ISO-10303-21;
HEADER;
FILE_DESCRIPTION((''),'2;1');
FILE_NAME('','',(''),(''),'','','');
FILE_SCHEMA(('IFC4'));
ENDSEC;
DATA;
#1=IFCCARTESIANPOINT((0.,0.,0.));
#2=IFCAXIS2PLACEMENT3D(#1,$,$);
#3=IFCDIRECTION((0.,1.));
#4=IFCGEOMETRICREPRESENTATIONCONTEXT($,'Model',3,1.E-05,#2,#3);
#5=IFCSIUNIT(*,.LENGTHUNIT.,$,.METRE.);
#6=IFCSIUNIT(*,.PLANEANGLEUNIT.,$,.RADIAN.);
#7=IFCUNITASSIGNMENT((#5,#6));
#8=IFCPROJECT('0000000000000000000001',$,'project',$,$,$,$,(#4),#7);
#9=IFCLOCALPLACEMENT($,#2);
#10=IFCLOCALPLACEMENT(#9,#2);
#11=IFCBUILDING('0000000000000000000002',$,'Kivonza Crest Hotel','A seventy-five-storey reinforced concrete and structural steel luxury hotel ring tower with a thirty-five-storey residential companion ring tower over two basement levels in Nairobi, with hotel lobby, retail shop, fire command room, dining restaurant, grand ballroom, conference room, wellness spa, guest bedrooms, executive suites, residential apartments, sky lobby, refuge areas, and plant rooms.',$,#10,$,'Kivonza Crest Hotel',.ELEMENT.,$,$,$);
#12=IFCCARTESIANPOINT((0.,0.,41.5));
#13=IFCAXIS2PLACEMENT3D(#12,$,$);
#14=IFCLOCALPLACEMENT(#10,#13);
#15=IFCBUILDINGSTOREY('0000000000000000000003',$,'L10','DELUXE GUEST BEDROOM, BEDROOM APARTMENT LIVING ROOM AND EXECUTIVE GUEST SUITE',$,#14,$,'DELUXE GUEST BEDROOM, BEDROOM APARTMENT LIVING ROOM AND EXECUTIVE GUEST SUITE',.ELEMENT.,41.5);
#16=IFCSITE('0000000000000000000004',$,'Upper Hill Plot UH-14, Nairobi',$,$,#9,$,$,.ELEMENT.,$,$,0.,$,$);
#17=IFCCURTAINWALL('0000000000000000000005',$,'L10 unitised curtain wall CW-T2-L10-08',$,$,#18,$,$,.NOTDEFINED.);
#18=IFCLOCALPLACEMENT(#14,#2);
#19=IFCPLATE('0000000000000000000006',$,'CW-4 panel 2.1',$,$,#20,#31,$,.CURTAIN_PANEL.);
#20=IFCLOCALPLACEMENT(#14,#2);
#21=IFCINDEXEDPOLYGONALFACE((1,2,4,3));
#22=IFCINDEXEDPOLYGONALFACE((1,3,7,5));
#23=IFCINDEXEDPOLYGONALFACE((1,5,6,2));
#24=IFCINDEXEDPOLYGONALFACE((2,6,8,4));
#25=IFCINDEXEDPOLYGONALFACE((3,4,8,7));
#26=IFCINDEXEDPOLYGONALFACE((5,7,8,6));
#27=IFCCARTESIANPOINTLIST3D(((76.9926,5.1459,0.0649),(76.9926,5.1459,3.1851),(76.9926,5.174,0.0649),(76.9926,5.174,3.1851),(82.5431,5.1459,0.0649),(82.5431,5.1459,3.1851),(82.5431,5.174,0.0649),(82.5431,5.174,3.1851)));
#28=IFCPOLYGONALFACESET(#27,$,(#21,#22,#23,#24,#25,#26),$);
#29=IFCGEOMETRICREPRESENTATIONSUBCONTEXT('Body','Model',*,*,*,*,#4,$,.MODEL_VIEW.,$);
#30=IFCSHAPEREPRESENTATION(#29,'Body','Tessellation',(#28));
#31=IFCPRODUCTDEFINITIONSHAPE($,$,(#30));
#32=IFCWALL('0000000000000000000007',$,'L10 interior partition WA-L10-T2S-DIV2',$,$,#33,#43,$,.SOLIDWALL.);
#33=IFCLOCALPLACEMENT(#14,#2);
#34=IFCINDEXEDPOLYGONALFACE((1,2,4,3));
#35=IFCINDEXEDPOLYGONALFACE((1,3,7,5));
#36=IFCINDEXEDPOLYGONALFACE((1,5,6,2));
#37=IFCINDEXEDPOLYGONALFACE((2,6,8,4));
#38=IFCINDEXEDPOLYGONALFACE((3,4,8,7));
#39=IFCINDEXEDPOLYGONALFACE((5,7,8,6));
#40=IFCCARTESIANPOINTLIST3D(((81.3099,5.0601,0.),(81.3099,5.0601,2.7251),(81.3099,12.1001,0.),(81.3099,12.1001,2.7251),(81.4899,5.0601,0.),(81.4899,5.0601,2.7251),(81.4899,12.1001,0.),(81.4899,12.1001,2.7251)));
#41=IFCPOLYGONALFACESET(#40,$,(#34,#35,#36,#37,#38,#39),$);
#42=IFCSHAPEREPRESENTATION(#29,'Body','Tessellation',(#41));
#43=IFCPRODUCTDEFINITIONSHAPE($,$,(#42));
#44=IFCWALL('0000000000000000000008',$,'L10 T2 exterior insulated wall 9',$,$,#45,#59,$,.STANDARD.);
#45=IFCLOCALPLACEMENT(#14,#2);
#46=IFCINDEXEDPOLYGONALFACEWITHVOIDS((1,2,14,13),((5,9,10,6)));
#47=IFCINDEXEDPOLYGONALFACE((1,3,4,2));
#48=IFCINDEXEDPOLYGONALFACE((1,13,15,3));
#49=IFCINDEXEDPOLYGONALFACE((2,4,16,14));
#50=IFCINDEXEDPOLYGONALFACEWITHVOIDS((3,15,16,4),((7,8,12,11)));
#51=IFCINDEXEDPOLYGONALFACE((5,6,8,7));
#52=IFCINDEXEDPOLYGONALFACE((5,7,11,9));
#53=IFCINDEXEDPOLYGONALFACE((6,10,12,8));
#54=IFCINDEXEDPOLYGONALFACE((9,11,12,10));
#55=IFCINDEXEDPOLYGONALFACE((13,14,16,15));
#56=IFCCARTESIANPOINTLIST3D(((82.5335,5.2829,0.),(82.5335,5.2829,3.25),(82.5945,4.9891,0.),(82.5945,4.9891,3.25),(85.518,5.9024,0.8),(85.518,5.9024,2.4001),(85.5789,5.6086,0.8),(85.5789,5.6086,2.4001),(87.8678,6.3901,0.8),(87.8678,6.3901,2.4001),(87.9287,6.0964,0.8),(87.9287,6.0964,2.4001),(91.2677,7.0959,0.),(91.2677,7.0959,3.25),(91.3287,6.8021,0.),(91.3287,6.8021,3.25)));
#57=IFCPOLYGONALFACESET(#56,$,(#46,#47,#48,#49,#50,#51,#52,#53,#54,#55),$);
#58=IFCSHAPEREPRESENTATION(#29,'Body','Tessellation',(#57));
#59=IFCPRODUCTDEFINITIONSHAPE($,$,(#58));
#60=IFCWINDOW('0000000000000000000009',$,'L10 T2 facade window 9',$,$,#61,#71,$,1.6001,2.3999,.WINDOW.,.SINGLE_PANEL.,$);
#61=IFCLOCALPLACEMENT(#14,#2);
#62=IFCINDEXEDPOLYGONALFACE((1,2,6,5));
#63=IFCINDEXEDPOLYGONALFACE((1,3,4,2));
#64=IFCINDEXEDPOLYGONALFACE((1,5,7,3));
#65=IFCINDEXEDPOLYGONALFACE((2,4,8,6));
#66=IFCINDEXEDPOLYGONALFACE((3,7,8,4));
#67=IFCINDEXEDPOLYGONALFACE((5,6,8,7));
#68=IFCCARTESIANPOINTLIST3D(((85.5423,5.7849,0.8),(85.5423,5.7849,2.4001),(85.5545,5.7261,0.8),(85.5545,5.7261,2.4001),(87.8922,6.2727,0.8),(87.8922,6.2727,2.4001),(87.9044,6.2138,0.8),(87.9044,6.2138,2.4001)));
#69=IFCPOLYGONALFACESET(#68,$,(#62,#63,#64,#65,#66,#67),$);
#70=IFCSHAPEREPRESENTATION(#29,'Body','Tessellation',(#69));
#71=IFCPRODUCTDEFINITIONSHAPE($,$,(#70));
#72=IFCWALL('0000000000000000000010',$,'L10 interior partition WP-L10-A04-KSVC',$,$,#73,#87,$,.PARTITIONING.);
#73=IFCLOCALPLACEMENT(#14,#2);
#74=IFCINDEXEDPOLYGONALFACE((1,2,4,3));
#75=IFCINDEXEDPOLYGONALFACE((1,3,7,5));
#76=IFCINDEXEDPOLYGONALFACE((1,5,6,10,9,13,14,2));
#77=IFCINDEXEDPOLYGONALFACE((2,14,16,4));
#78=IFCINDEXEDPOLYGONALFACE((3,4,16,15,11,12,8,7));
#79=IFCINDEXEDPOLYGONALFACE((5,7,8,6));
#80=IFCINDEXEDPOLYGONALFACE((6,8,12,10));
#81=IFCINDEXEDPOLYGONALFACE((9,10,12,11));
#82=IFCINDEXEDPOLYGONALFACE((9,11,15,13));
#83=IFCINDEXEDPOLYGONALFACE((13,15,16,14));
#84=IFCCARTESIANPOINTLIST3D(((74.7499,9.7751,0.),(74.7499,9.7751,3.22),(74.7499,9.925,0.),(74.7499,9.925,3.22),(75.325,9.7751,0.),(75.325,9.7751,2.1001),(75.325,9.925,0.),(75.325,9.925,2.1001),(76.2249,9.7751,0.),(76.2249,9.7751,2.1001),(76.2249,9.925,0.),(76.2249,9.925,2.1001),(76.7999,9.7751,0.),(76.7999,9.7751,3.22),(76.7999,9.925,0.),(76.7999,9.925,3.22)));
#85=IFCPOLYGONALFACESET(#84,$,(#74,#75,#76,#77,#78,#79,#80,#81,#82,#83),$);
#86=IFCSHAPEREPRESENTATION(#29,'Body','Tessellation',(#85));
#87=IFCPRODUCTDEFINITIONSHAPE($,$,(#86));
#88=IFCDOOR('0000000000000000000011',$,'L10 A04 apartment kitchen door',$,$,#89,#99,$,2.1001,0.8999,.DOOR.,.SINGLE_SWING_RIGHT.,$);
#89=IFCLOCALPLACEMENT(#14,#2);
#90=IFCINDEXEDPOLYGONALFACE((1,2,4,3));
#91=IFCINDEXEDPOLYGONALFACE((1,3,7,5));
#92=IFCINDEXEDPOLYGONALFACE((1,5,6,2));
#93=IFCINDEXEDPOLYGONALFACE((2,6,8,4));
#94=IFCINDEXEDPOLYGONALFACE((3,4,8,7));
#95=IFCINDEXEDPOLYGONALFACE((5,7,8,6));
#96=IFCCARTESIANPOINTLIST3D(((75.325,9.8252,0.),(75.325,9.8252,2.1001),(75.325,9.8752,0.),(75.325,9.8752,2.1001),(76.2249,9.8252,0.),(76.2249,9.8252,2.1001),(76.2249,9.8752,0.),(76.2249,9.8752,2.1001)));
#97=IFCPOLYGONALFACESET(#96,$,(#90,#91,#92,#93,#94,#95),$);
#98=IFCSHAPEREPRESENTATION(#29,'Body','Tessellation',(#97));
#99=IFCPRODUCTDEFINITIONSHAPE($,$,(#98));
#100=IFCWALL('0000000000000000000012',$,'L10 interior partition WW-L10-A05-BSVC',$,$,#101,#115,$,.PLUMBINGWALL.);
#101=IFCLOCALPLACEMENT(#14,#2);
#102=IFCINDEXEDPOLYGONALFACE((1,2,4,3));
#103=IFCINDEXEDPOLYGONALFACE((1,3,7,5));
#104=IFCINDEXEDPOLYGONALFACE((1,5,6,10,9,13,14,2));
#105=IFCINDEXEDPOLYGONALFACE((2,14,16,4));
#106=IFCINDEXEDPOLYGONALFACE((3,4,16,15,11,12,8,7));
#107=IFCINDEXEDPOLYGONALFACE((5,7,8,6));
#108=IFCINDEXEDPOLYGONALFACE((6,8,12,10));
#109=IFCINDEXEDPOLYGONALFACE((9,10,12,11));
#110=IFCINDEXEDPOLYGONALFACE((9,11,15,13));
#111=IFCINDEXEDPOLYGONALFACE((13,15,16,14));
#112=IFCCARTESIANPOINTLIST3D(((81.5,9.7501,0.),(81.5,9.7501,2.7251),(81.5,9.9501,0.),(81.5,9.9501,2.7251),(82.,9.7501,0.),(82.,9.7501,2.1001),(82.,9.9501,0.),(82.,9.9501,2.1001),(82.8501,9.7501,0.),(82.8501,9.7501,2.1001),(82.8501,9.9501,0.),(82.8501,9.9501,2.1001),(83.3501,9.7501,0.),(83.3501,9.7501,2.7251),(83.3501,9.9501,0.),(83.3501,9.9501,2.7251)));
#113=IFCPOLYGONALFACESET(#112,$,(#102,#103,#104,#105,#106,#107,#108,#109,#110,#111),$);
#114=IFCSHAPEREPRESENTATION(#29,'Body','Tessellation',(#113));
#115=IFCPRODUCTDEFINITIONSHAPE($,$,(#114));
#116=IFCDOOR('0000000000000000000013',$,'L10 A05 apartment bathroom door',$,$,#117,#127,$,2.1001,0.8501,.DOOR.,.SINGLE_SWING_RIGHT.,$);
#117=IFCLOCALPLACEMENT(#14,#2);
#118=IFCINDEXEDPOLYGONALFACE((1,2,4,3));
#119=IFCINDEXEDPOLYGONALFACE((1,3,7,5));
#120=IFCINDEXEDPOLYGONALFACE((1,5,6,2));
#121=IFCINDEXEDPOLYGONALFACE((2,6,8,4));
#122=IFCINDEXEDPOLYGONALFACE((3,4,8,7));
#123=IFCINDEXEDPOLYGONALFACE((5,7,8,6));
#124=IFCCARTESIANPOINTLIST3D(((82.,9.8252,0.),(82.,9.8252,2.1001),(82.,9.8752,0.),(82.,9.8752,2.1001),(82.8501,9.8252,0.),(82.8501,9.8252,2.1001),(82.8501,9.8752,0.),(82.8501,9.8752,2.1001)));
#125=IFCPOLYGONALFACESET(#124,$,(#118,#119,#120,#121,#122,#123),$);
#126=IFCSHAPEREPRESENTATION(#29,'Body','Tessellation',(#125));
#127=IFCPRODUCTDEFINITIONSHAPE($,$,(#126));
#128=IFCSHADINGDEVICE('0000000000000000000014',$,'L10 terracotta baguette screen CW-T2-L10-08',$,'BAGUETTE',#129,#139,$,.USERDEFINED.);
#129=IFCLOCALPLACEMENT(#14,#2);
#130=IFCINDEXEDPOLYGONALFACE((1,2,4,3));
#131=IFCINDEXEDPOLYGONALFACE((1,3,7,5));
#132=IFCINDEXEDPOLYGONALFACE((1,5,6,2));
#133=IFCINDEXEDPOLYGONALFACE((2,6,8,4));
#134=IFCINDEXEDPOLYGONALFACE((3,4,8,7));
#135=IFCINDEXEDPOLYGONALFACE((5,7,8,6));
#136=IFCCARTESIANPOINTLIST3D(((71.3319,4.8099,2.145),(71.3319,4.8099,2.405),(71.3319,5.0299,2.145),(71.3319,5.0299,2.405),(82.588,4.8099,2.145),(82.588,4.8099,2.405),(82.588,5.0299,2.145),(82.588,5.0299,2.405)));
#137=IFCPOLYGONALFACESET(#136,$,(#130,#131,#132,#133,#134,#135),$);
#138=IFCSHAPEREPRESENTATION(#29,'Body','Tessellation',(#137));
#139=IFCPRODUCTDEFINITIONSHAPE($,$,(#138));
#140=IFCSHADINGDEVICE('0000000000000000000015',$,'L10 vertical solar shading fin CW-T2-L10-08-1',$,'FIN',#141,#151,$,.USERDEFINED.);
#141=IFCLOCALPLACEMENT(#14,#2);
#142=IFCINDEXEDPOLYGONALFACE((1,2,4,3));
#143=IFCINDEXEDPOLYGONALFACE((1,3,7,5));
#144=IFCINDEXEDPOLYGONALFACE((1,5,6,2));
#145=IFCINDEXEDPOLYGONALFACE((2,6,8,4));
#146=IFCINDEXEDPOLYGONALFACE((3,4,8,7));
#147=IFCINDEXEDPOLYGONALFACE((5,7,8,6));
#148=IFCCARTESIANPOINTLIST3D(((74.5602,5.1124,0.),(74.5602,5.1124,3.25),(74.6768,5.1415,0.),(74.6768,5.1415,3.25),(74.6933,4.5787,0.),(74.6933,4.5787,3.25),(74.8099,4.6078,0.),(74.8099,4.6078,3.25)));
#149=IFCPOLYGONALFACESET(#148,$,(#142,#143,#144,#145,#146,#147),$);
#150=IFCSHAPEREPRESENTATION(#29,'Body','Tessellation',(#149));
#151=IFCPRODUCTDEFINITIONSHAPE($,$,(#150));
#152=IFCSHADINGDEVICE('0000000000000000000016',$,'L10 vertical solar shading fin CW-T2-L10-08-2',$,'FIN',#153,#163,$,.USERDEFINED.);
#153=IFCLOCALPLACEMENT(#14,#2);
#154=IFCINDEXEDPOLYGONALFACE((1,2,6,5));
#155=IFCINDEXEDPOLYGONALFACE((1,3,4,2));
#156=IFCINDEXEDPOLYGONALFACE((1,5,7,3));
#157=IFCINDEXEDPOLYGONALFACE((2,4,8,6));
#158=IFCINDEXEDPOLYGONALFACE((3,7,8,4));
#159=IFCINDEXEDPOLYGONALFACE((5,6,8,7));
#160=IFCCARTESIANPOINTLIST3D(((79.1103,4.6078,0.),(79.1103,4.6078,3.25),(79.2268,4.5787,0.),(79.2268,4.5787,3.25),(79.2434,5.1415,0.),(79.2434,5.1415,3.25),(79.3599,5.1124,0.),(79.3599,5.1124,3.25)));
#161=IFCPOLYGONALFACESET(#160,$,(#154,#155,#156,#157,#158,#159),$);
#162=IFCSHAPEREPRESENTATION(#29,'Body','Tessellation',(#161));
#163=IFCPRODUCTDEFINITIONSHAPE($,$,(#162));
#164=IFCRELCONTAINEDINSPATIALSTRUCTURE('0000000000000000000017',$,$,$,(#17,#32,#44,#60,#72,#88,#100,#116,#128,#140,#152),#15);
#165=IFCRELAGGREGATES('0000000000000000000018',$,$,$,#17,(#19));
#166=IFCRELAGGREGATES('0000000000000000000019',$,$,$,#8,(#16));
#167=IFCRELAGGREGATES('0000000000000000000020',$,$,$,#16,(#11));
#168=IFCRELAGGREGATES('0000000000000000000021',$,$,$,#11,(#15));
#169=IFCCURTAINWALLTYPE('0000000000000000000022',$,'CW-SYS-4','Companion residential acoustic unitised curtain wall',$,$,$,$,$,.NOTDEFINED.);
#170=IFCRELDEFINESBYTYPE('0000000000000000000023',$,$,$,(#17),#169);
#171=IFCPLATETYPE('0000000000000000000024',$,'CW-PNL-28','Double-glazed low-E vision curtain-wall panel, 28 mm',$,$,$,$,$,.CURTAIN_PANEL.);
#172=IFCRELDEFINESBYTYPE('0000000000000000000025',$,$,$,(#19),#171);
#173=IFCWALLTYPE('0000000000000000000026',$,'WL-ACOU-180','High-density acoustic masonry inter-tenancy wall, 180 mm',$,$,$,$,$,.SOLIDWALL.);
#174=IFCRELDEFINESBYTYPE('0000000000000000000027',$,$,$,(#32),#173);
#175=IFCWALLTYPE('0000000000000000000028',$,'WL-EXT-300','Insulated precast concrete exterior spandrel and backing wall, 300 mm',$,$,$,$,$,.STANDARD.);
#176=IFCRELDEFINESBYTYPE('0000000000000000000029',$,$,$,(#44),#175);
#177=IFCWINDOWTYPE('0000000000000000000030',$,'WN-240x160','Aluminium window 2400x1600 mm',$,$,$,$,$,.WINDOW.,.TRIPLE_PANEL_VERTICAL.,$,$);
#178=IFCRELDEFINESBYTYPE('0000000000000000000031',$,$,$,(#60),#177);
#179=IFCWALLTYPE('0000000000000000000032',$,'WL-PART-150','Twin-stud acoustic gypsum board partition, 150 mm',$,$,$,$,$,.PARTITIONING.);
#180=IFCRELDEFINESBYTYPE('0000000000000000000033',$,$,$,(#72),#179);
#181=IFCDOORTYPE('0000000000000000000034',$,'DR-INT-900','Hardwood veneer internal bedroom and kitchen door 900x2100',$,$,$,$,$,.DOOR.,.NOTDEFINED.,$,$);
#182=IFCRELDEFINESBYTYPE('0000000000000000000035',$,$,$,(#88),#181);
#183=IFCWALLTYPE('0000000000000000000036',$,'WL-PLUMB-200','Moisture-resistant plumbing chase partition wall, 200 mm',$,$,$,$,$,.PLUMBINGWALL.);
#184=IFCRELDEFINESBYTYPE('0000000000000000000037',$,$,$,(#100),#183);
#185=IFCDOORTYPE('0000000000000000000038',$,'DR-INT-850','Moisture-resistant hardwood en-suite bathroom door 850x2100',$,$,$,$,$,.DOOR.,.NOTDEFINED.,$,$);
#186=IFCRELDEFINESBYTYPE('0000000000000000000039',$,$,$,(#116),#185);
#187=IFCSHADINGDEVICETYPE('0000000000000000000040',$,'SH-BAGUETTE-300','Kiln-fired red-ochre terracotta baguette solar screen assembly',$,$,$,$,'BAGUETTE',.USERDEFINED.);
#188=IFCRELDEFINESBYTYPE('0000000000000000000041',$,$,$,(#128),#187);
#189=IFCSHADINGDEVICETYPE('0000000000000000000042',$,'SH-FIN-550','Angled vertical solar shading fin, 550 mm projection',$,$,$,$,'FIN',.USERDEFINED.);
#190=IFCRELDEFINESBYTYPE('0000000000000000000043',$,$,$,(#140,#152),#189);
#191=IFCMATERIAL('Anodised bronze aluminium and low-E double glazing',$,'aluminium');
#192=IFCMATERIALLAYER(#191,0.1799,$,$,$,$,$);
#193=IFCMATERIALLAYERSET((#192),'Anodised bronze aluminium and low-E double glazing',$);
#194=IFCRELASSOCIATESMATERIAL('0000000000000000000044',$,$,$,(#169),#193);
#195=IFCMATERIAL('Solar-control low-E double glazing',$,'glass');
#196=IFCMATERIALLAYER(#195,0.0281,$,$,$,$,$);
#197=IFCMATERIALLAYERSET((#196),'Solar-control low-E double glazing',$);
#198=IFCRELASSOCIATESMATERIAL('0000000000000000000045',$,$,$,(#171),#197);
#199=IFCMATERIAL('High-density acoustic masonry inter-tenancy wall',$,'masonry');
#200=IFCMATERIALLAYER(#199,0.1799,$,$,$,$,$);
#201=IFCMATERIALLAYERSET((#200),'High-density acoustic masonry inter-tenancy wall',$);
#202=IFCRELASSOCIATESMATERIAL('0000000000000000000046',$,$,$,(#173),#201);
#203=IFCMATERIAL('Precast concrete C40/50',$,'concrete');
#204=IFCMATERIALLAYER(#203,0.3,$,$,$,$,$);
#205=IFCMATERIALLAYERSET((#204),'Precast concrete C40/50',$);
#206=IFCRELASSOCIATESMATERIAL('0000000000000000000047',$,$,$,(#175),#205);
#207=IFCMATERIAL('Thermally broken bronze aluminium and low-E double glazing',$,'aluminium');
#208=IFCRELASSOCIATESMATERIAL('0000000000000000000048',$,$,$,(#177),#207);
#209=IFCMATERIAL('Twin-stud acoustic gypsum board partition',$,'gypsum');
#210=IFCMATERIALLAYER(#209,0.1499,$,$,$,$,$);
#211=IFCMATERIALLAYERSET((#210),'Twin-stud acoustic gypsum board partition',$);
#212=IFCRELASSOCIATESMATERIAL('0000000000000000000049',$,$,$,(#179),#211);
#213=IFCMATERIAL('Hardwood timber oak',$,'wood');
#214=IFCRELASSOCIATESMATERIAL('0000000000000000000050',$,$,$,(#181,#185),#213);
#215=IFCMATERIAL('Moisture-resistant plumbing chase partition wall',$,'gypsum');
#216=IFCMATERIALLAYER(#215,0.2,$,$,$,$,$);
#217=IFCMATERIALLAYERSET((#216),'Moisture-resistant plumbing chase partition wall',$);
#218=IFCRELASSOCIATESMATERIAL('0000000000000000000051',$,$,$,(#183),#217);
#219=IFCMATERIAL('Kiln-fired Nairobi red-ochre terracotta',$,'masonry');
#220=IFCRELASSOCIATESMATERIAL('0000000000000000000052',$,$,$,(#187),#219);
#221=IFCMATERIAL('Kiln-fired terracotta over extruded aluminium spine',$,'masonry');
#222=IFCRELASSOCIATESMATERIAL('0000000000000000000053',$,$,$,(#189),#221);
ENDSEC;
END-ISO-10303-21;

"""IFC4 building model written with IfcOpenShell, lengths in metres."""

from ifc_helpers import new_model, si_unit, direction, frame, frame_2d, origin, origin_2d, place, context, subcontext, project, spatial, rectangle, extrude, material, layer, layer_set, type_object, element, fill, aggregate, save


model = new_model("IFC4")

# Units and contexts
model_context = context("Model", 3, precision=1e-05, world=origin(), true_north=direction((0.0, 1.0)))
body_context = subcontext(model_context, "Body", "Model", "MODEL_VIEW")
ifc_project = project(units=[si_unit("LENGTHUNIT", "METRE"), si_unit("PLANEANGLEUNIT", "RADIAN")], contexts=[model_context])

# Site, building, storey
site_placement = place(None, origin())
site = spatial("IfcSite", under=ifc_project, at=site_placement, Name="Upper Hill Plot UH-14, Nairobi", CompositionType="ELEMENT", RefElevation=0.0)
building_placement = place(site_placement, origin())
building = spatial("IfcBuilding", under=site, at=building_placement, Name="Kivonza Crest Hotel", Description="A seventy-five-storey reinforced concrete and structural steel luxury hotel ring tower with a thirty-five-storey residential companion ring tower over two basement levels in Nairobi, with hotel lobby, retail shop, fire command room, dining restaurant, grand ballroom, conference room, wellness spa, guest bedrooms, executive suites, residential apartments, sky lobby, refuge areas, and plant rooms.", LongName="Kivonza Crest Hotel", CompositionType="ELEMENT")
storey_placement = place(building_placement, frame((0.0, 0.0, 41.5)))
storey = spatial("IfcBuildingStorey", under=building, at=storey_placement, Name="L10", Description="DELUXE GUEST BEDROOM, BEDROOM APARTMENT LIVING ROOM AND EXECUTIVE GUEST SUITE", LongName="DELUXE GUEST BEDROOM, BEDROOM APARTMENT LIVING ROOM AND EXECUTIVE GUEST SUITE", CompositionType="ELEMENT", Elevation=41.5)

# Curtain wall, plate
ifc_material_1 = material(Name="Anodised bronze aluminium and low-E double glazing", Category="aluminium")
ifc_layer_1 = layer(ifc_material_1, 0.1799)
ifc_layer_set_1 = layer_set([ifc_layer_1], Name="Anodised bronze aluminium and low-E double glazing")
curtain_wall_type = type_object("IfcCurtainWallType", Name="CW-SYS-4", Description="Companion residential acoustic unitised curtain wall", PredefinedType="NOTDEFINED", material=ifc_layer_set_1)
curtain_wall_placement = place(storey_placement, origin())
curtain_wall = element("IfcCurtainWall", 1, at=curtain_wall_placement, inside=storey, type_object=curtain_wall_type, Name="L10 unitised curtain wall CW-T2-L10-08", PredefinedType="NOTDEFINED")
ifc_material_2 = material(Name="Solar-control low-E double glazing", Category="glass")
ifc_layer_2 = layer(ifc_material_2, 0.0281)
ifc_layer_set_2 = layer_set([ifc_layer_2], Name="Solar-control low-E double glazing")
plate_type = type_object("IfcPlateType", Name="CW-PNL-28", Description="Double-glazed low-E vision curtain-wall panel, 28 mm", PredefinedType="CURTAIN_PANEL", material=ifc_layer_set_2)
plate_1_placement = place(storey_placement, frame((79.7678, 5.1599, 0.0649), z_axis=(0.0, 0.0, 1.0), x_axis=(1.0, 0.0, 0.0)))
plate_1 = element("IfcPlate", 2, at=plate_1_placement, type_object=plate_type, Name="CW-4 panel 2.1", PredefinedType="CURTAIN_PANEL", context=body_context, shape_type="SweptSolid", body=[
    extrude(rectangle(XDim=5.5505, YDim=0.0281, at=origin_2d()), origin(), (0.0, 0.0, 1.0), 3.1201),
])
aggregate(curtain_wall, [plate_1])

# Wall
ifc_material_3 = material(Name="High-density acoustic masonry inter-tenancy wall", Category="masonry")
ifc_layer_3 = layer(ifc_material_3, 0.1799)
ifc_layer_set_3 = layer_set([ifc_layer_3], Name="High-density acoustic masonry inter-tenancy wall")
wall_type_1 = type_object("IfcWallType", Name="WL-ACOU-180", Description="High-density acoustic masonry inter-tenancy wall, 180 mm", PredefinedType="SOLIDWALL", material=ifc_layer_set_3)
wall_1_placement = place(storey_placement, frame((81.3999, 5.0601, 0.0), z_axis=(0.0, 0.0, 1.0), x_axis=(0.0, 1.0, 0.0)))
element("IfcWall", 3, at=wall_1_placement, inside=storey, type_object=wall_type_1, Name="L10 interior partition WA-L10-T2S-DIV2", PredefinedType="SOLIDWALL", context=body_context, shape_type="SweptSolid", body=[
    extrude(rectangle(XDim=7.04, YDim=0.1799, at=frame_2d((3.52, 0.0))), origin(), (0.0, 0.0, 1.0), 2.7251),
])

# Wall, opening, window
ifc_material_4 = material(Name="Precast concrete C40/50", Category="concrete")
ifc_layer_4 = layer(ifc_material_4, 0.3)
ifc_layer_set_4 = layer_set([ifc_layer_4], Name="Precast concrete C40/50")
wall_type_2 = type_object("IfcWallType", Name="WL-EXT-300", Description="Insulated precast concrete exterior spandrel and backing wall, 300 mm", PredefinedType="STANDARD", material=ifc_layer_set_4)
wall_2_placement = place(storey_placement, frame((82.564, 5.136, 0.0), z_axis=(0.0, 0.0, 1.0), x_axis=(0.979128, 0.203243, 0.0)))
wall_2 = element("IfcWall", 4, at=wall_2_placement, inside=storey, type_object=wall_type_2, Name="L10 T2 exterior insulated wall 9", PredefinedType="STANDARD", context=body_context, shape_type="SweptSolid", body=[
    extrude(rectangle(XDim=8.9204, YDim=0.3, at=frame_2d((4.4602, 0.0))), origin(), (0.0, 0.0, 1.0), 3.25),
])
opening_1_placement = place(wall_2_placement, frame((3.0481, 0.0, 0.8)))
opening_1 = element("IfcOpeningElement", 5, at=opening_1_placement, cuts=wall_2, PredefinedType="OPENING", context=body_context, shape_type="SweptSolid", body=[
    extrude(rectangle(XDim=2.3999, YDim=1.6001, at=frame_2d((1.2, 0.8))), frame((0.0, 0.1602, 0.0), z_axis=(0.0, -1.0, 0.0), x_axis=(1.0, 0.0, 0.0)), (0.0, 0.0, 1.0), 0.3201),
])
ifc_material_5 = material(Name="Thermally broken bronze aluminium and low-E double glazing", Category="aluminium")
window_type = type_object("IfcWindowType", Name="WN-240x160", Description="Aluminium window 2400x1600 mm", PartitioningType="TRIPLE_PANEL_VERTICAL", PredefinedType="WINDOW", material=ifc_material_5)
window_placement = place(opening_1_placement, origin())
window = element("IfcWindow", 6, at=window_placement, inside=storey, type_object=window_type, Name="L10 T2 facade window 9", OverallHeight=1.6001, OverallWidth=2.3999, PartitioningType="SINGLE_PANEL", PredefinedType="WINDOW", context=body_context, shape_type="SweptSolid", body=[
    extrude(rectangle(XDim=2.3999, YDim=1.6001, at=frame_2d((1.2, 0.8))), frame((0.0, 0.03, 0.0), z_axis=(0.0, -1.0, 0.0), x_axis=(1.0, 0.0, 0.0)), (0.0, 0.0, 1.0), 0.0601),
])
fill(opening_1, window)

# Walls, openings, doors
ifc_material_6 = material(Name="Twin-stud acoustic gypsum board partition", Category="gypsum")
ifc_layer_5 = layer(ifc_material_6, 0.1499)
ifc_layer_set_5 = layer_set([ifc_layer_5], Name="Twin-stud acoustic gypsum board partition")
wall_type_3 = type_object("IfcWallType", Name="WL-PART-150", Description="Twin-stud acoustic gypsum board partition, 150 mm", PredefinedType="PARTITIONING", material=ifc_layer_set_5)
wall_3_placement = place(storey_placement, frame((74.75, 9.8501, 0.0), z_axis=(0.0, 0.0, 1.0), x_axis=(1.0, 0.0, 0.0)))
wall_3 = element("IfcWall", 7, at=wall_3_placement, inside=storey, type_object=wall_type_3, Name="L10 interior partition WP-L10-A04-KSVC", PredefinedType="PARTITIONING", context=body_context, shape_type="SweptSolid", body=[
    extrude(rectangle(XDim=2.05, YDim=0.1499, at=frame_2d((1.0249, 0.0))), origin(), (0.0, 0.0, 1.0), 3.22),
])
opening_2_placement = place(wall_3_placement, frame((0.575, 0.0, 0.0)))
opening_2 = element("IfcOpeningElement", 8, at=opening_2_placement, cuts=wall_3, PredefinedType="OPENING", context=body_context, shape_type="SweptSolid", body=[
    extrude(rectangle(XDim=0.8999, YDim=2.1001, at=frame_2d((0.45, 1.05))), frame((0.0, 0.085, 0.0), z_axis=(0.0, -1.0, 0.0), x_axis=(1.0, 0.0, 0.0)), (0.0, 0.0, 1.0), 0.1699),
])
ifc_material_7 = material(Name="Hardwood timber oak", Category="wood")
door_type_1 = type_object("IfcDoorType", Name="DR-INT-900", Description="Hardwood veneer internal bedroom and kitchen door 900x2100", OperationType="NOTDEFINED", PredefinedType="DOOR", material=ifc_material_7)
door_1_placement = place(opening_2_placement, frame((0.8999, 0.0, 0.0), z_axis=(0.0, 0.0, 1.0), x_axis=(-1.0, 0.0, 0.0)))
door_1 = element("IfcDoor", 9, at=door_1_placement, inside=storey, type_object=door_type_1, Name="L10 A04 apartment kitchen door", OperationType="SINGLE_SWING_RIGHT", OverallHeight=2.1001, OverallWidth=0.8999, PredefinedType="DOOR", context=body_context, shape_type="SweptSolid", body=[
    extrude(rectangle(XDim=0.8999, YDim=2.1001, at=frame_2d((0.45, 1.05))), frame((0.0, 0.0249, 0.0), z_axis=(0.0, -1.0, 0.0), x_axis=(1.0, 0.0, 0.0)), (0.0, 0.0, 1.0), 0.05),
])
fill(opening_2, door_1)
ifc_material_8 = material(Name="Moisture-resistant plumbing chase partition wall", Category="gypsum")
ifc_layer_6 = layer(ifc_material_8, 0.2)
ifc_layer_set_6 = layer_set([ifc_layer_6], Name="Moisture-resistant plumbing chase partition wall")
wall_type_4 = type_object("IfcWallType", Name="WL-PLUMB-200", Description="Moisture-resistant plumbing chase partition wall, 200 mm", PredefinedType="PLUMBINGWALL", material=ifc_layer_set_6)
wall_4_placement = place(storey_placement, frame((81.5, 9.8501, 0.0), z_axis=(0.0, 0.0, 1.0), x_axis=(1.0, 0.0, 0.0)))
wall_4 = element("IfcWall", 10, at=wall_4_placement, inside=storey, type_object=wall_type_4, Name="L10 interior partition WW-L10-A05-BSVC", PredefinedType="PLUMBINGWALL", context=body_context, shape_type="SweptSolid", body=[
    extrude(rectangle(XDim=1.8501, YDim=0.2, at=frame_2d((0.925, 0.0))), origin(), (0.0, 0.0, 1.0), 2.7251),
])
opening_3_placement = place(wall_4_placement, frame((0.5, 0.0, 0.0)))
opening_3 = element("IfcOpeningElement", 11, at=opening_3_placement, cuts=wall_4, PredefinedType="OPENING", context=body_context, shape_type="SweptSolid", body=[
    extrude(rectangle(XDim=0.8501, YDim=2.1001, at=frame_2d((0.425, 1.05))), frame((0.0, 0.1099, 0.0), z_axis=(0.0, -1.0, 0.0), x_axis=(1.0, 0.0, 0.0)), (0.0, 0.0, 1.0), 0.22),
])
door_type_2 = type_object("IfcDoorType", Name="DR-INT-850", Description="Moisture-resistant hardwood en-suite bathroom door 850x2100", OperationType="NOTDEFINED", PredefinedType="DOOR", material=ifc_material_7)
door_2_placement = place(opening_3_placement, frame((0.8501, 0.0, 0.0), z_axis=(0.0, 0.0, 1.0), x_axis=(-1.0, 0.0, 0.0)))
door_2 = element("IfcDoor", 12, at=door_2_placement, inside=storey, type_object=door_type_2, Name="L10 A05 apartment bathroom door", OperationType="SINGLE_SWING_RIGHT", OverallHeight=2.1001, OverallWidth=0.8501, PredefinedType="DOOR", context=body_context, shape_type="SweptSolid", body=[
    extrude(rectangle(XDim=0.8501, YDim=2.1001, at=frame_2d((0.425, 1.05))), frame((0.0, 0.0249, 0.0), z_axis=(0.0, -1.0, 0.0), x_axis=(1.0, 0.0, 0.0)), (0.0, 0.0, 1.0), 0.05),
])
fill(opening_3, door_2)

# Shading devices
ifc_material_9 = material(Name="Kiln-fired Nairobi red-ochre terracotta", Category="masonry")
shading_device_type_1 = type_object("IfcShadingDeviceType", Name="SH-BAGUETTE-300", Description="Kiln-fired red-ochre terracotta baguette solar screen assembly", ElementType="BAGUETTE", PredefinedType="USERDEFINED", material=ifc_material_9)
shading_device_placement = place(storey_placement, frame((76.96, 4.9199, 2.145), z_axis=(0.0, 0.0, 1.0), x_axis=(1.0, 0.0, 0.0)))
element("IfcShadingDevice", 13, at=shading_device_placement, inside=storey, type_object=shading_device_type_1, Name="L10 terracotta baguette screen CW-T2-L10-08", ObjectType="BAGUETTE", PredefinedType="USERDEFINED", context=body_context, shape_type="SweptSolid", body=[
    extrude(rectangle(XDim=11.2561, YDim=0.22, at=origin_2d()), origin(), (0.0, 0.0, 1.0), 0.26),
])
ifc_material_10 = material(Name="Kiln-fired terracotta over extruded aluminium spine", Category="masonry")
shading_device_type_2 = type_object("IfcShadingDeviceType", Name="SH-FIN-550", Description="Angled vertical solar shading fin, 550 mm projection", ElementType="FIN", PredefinedType="USERDEFINED", material=ifc_material_10)
for number, where, z_axis, x_axis, name in (
    (14, (74.6851, 4.8601, 0.0), (0.0, 0.0, 1.0), (0.970296, 0.241922, 0.0), "L10 vertical solar shading fin CW-T2-L10-08-1"),
    (15, (79.2351, 4.8601, 0.0), (0.0, 0.0, 1.0), (0.970296, -0.241922, 0.0), "L10 vertical solar shading fin CW-T2-L10-08-2"),
):
    element("IfcShadingDevice", number, at=place(storey_placement, frame(where, z_axis=z_axis, x_axis=x_axis)), inside=storey, type_object=shading_device_type_2, Name=name, ObjectType="FIN", PredefinedType="USERDEFINED", context=body_context, shape_type="SweptSolid", body=[
        extrude(rectangle(XDim=0.1201, YDim=0.55, at=origin_2d()), origin(), (0.0, 0.0, 1.0), 3.25),
    ])

save(model, "model.ifc")
